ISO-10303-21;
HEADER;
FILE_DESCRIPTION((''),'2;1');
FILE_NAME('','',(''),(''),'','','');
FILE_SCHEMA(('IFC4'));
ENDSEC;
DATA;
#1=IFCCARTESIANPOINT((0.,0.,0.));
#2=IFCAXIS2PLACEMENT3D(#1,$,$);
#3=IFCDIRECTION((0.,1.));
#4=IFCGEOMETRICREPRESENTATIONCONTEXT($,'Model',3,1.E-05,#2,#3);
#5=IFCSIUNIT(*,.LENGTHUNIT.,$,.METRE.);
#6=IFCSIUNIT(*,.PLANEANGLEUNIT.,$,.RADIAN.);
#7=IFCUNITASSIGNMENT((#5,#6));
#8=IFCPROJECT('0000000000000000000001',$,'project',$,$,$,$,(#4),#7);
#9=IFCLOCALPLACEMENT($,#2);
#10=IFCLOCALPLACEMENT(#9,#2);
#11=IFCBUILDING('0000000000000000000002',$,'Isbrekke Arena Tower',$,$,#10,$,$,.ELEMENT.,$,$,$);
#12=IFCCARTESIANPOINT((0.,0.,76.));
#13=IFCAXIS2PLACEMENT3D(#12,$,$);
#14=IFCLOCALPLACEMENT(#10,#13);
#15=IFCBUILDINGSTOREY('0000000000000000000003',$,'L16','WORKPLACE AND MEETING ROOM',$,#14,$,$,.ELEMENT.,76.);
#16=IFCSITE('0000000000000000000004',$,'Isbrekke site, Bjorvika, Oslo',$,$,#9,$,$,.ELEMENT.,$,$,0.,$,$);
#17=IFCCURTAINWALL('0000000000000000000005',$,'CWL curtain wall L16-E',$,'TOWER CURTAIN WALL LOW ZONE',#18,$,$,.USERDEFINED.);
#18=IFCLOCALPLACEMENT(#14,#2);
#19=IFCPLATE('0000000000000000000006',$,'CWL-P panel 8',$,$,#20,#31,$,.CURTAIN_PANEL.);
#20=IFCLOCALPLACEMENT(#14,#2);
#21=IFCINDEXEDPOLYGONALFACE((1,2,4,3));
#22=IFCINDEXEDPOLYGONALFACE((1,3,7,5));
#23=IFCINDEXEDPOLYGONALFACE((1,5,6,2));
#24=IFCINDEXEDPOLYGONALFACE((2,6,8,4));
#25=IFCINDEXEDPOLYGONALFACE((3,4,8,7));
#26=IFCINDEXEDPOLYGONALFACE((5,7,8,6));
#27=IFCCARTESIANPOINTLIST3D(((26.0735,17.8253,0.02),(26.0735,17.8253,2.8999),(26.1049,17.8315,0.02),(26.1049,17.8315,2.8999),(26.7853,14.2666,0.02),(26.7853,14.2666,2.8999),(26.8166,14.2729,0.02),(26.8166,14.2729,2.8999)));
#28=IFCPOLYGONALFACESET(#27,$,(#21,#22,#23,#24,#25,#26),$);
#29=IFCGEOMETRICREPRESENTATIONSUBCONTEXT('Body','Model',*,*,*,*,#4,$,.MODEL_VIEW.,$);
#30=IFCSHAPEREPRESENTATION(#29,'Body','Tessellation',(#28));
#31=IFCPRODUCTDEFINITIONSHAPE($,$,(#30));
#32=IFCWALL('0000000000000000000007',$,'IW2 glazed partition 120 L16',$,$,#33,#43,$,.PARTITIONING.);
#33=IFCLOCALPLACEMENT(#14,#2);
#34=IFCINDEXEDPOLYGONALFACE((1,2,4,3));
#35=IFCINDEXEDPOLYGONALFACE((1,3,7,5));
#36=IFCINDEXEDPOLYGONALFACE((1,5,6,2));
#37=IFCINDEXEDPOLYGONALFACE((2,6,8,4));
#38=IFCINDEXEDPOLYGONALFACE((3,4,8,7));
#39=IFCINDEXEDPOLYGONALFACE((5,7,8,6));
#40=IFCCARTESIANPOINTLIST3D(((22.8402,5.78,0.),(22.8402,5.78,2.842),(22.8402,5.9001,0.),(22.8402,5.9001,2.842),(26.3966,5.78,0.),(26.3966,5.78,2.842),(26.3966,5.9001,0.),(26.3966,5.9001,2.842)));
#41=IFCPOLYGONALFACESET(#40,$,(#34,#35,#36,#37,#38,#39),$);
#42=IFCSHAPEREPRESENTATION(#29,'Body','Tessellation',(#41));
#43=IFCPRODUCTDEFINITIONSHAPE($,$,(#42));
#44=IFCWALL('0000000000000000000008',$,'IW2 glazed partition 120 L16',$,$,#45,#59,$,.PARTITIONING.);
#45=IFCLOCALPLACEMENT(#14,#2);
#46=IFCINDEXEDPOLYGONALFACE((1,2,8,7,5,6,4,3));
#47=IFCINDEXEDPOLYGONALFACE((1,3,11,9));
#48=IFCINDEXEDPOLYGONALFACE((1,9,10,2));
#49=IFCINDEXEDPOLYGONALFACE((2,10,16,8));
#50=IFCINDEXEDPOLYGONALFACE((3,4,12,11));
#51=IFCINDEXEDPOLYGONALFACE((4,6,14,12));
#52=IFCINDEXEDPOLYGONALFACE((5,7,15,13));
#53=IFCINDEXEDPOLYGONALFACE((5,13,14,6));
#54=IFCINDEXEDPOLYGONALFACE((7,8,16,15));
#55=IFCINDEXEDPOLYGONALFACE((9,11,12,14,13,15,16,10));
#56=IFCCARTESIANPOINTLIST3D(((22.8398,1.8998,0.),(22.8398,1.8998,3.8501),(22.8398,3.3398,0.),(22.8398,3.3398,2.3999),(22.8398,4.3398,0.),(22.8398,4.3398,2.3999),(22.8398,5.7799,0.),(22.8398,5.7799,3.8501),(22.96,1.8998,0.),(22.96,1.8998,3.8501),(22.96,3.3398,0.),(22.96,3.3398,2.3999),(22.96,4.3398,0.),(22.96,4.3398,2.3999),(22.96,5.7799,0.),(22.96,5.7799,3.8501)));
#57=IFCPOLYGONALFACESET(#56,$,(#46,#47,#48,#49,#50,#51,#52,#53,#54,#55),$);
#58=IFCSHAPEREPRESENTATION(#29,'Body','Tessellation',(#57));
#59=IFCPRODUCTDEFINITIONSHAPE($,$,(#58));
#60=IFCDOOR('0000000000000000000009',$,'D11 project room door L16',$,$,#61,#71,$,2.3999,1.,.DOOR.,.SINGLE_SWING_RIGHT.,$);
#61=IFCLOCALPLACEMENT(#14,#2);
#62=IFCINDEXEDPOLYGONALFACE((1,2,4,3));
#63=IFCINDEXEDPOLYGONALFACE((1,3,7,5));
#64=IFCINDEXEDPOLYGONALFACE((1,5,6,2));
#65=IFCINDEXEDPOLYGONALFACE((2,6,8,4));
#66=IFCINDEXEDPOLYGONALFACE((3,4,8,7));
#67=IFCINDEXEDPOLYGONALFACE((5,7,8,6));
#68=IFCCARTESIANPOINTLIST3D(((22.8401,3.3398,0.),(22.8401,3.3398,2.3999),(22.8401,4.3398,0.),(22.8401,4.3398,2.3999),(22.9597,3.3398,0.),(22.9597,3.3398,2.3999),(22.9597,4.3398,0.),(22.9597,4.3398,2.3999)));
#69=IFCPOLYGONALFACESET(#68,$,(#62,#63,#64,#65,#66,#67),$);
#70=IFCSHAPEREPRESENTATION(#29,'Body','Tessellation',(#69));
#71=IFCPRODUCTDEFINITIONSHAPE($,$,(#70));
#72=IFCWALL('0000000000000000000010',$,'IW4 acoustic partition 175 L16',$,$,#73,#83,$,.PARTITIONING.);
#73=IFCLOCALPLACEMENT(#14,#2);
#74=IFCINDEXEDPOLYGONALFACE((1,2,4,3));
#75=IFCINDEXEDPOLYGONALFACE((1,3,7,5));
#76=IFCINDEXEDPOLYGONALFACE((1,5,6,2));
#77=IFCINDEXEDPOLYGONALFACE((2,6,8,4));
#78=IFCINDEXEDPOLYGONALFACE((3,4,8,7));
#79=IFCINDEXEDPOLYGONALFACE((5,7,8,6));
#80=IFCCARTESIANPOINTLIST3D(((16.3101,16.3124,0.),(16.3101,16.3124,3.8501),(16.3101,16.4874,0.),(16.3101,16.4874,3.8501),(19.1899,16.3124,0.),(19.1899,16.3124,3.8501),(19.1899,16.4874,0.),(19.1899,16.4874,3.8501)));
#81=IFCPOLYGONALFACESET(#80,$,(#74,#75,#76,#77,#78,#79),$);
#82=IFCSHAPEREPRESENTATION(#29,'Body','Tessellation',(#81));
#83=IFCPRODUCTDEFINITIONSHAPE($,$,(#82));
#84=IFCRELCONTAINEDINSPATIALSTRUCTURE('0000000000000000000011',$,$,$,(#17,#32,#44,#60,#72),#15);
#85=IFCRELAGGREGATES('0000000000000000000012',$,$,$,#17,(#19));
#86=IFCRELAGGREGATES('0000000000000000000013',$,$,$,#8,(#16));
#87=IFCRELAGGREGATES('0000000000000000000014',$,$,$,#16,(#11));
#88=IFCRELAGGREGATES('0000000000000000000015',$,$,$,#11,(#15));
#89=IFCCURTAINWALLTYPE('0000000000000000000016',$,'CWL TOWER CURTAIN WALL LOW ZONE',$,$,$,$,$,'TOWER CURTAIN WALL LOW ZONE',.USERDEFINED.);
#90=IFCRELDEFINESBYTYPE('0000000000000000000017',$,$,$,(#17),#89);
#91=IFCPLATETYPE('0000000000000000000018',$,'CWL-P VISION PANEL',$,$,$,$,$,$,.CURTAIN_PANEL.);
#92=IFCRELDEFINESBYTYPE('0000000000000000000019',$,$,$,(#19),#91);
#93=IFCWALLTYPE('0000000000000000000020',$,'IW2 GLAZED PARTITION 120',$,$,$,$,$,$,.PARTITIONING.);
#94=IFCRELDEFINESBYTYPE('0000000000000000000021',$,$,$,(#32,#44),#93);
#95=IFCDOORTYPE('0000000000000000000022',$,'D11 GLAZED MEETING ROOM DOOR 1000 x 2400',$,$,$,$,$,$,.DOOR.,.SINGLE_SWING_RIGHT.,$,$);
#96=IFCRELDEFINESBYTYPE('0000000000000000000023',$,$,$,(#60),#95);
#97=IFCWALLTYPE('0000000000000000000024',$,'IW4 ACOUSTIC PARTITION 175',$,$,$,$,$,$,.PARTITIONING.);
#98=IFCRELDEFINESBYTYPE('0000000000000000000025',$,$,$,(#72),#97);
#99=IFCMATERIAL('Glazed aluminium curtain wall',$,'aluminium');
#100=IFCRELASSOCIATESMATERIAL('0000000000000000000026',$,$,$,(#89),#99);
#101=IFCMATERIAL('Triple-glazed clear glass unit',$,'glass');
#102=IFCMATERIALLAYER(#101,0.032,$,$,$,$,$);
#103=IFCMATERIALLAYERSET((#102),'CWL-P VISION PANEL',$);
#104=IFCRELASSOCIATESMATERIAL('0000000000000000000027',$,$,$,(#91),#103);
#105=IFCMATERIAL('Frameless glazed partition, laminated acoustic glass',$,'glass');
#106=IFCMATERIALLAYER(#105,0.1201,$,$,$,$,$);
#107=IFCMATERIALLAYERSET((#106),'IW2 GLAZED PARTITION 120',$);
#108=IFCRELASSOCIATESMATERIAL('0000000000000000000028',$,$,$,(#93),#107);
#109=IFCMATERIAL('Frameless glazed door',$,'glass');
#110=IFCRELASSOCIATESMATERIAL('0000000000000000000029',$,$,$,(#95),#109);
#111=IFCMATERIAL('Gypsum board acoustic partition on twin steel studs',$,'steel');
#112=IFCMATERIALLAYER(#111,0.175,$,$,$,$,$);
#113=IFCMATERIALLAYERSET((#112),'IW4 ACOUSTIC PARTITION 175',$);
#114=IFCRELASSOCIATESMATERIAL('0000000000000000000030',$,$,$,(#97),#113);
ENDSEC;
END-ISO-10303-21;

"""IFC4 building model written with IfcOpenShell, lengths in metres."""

from ifc_helpers import new_model, si_unit, direction, frame, frame_2d, origin, origin_2d, place, context, subcontext, project, spatial, rectangle, extrude, material, layer, layer_set, type_object, element, fill, aggregate, save


model = new_model("IFC4")

# Units and contexts
model_context = context("Model", 3, precision=1e-05, world=origin(), true_north=direction((0.0, 1.0)))
body_context = subcontext(model_context, "Body", "Model", "MODEL_VIEW")
ifc_project = project(units=[si_unit("LENGTHUNIT", "METRE"), si_unit("PLANEANGLEUNIT", "RADIAN")], contexts=[model_context])

# Site, building, storey
site_placement = place(None, origin())
site = spatial("IfcSite", under=ifc_project, at=site_placement, Name="Isbrekke site, Bjorvika, Oslo", CompositionType="ELEMENT", RefElevation=0.0)
building_placement = place(site_placement, origin())
building = spatial("IfcBuilding", under=site, at=building_placement, Name="Isbrekke Arena Tower", CompositionType="ELEMENT")
storey_placement = place(building_placement, frame((0.0, 0.0, 76.0)))
storey = spatial("IfcBuildingStorey", under=building, at=storey_placement, Name="L16", Description="WORKPLACE AND MEETING ROOM", CompositionType="ELEMENT", Elevation=76.0)

# Curtain wall
ifc_material_1 = material(Name="Glazed aluminium curtain wall", Category="aluminium")
curtain_wall_type = type_object("IfcCurtainWallType", Name="CWL TOWER CURTAIN WALL LOW ZONE", ElementType="TOWER CURTAIN WALL LOW ZONE", PredefinedType="USERDEFINED", material=ifc_material_1)
curtain_wall_placement = place(storey_placement, origin())
curtain_wall = element("IfcCurtainWall", 1, at=curtain_wall_placement, inside=storey, type_object=curtain_wall_type, Name="CWL curtain wall L16-E", ObjectType="TOWER CURTAIN WALL LOW ZONE", PredefinedType="USERDEFINED")

# Plate
ifc_material_2 = material(Name="Triple-glazed clear glass unit", Category="glass")
ifc_layer_1 = layer(ifc_material_2, 0.032)
ifc_layer_set_1 = layer_set([ifc_layer_1], Name="CWL-P VISION PANEL")
plate_type = type_object("IfcPlateType", Name="CWL-P VISION PANEL", PredefinedType="CURTAIN_PANEL", material=ifc_layer_set_1)
plate_1_placement = place(storey_placement, frame((26.4451, 16.0491, 0.02), z_axis=(0.0, 0.0, 1.0), x_axis=(-0.196116, 0.980581, 0.0)))
plate_1 = element("IfcPlate", 2, at=plate_1_placement, type_object=plate_type, Name="CWL-P panel 8", PredefinedType="CURTAIN_PANEL", context=body_context, shape_type="SweptSolid", body=[
    extrude(rectangle(XDim=3.6292, YDim=0.032, at=origin_2d()), origin(), (0.0, 0.0, 1.0), 2.8799),
])
aggregate(curtain_wall, [plate_1])

# Wall
ifc_material_3 = material(Name="Frameless glazed partition, laminated acoustic glass", Category="glass")
ifc_layer_2 = layer(ifc_material_3, 0.1201)
ifc_layer_set_2 = layer_set([ifc_layer_2], Name="IW2 GLAZED PARTITION 120")
wall_type_1 = type_object("IfcWallType", Name="IW2 GLAZED PARTITION 120", PredefinedType="PARTITIONING", material=ifc_layer_set_2)
wall_1_placement = place(storey_placement, frame((22.8401, 5.8401, 0.0), z_axis=(0.0, 0.0, 1.0), x_axis=(1.0, 0.0, 0.0)))
element("IfcWall", 3, at=wall_1_placement, inside=storey, type_object=wall_type_1, Name="IW2 glazed partition 120 L16", PredefinedType="PARTITIONING", context=body_context, shape_type="SweptSolid", body=[
    extrude(rectangle(XDim=3.5564, YDim=0.1201, at=frame_2d((1.7783, 0.0))), origin(), (0.0, 0.0, 1.0), 2.842),
])

# Shared definitions
ifc_material_4 = material(Name="Frameless glazed door", Category="glass")
door_type = type_object("IfcDoorType", Name="D11 GLAZED MEETING ROOM DOOR 1000 x 2400", OperationType="SINGLE_SWING_RIGHT", PredefinedType="DOOR", material=ifc_material_4)

# Wall, opening, door
wall_2_placement = place(storey_placement, frame((22.8999, 1.8999, 0.0), z_axis=(0.0, 0.0, 1.0), x_axis=(0.0, 1.0, 0.0)))
wall_2 = element("IfcWall", 4, at=wall_2_placement, inside=storey, type_object=wall_type_1, Name="IW2 glazed partition 120 L16", PredefinedType="PARTITIONING", context=body_context, shape_type="SweptSolid", body=[
    extrude(rectangle(XDim=3.8801, YDim=0.1201, at=frame_2d((1.9399, 0.0))), origin(), (0.0, 0.0, 1.0), 3.8501),
])
opening_1_placement = place(wall_2_placement, frame((1.4399, 0.0, 0.0)))
opening_1 = element("IfcOpeningElement", 5, at=opening_1_placement, cuts=wall_2, PredefinedType="OPENING", context=body_context, shape_type="SweptSolid", body=[
    extrude(rectangle(XDim=1.0, YDim=2.3999, at=frame_2d((0.5, 1.2))), frame((0.0, 0.075, 0.0), z_axis=(0.0, -1.0, 0.0), x_axis=(1.0, 0.0, 0.0)), (0.0, 0.0, 1.0), 0.1499),
])
door_1_placement = place(opening_1_placement, origin())
door_1 = element("IfcDoor", 6, at=door_1_placement, inside=storey, type_object=door_type, Name="D11 project room door L16", OperationType="SINGLE_SWING_RIGHT", OverallHeight=2.3999, OverallWidth=1.0, PredefinedType="DOOR", context=body_context, shape_type="SweptSolid", body=[
    extrude(rectangle(XDim=1.0, YDim=2.3999, at=frame_2d((0.5, 1.2))), frame((0.0, 0.0598, 0.0), z_axis=(0.0, -1.0, 0.0), x_axis=(1.0, 0.0, 0.0)), (0.0, 0.0, 1.0), 0.1196),
])
fill(opening_1, door_1)

# Wall
ifc_material_5 = material(Name="Gypsum board acoustic partition on twin steel studs", Category="steel")
ifc_layer_3 = layer(ifc_material_5, 0.175)
ifc_layer_set_3 = layer_set([ifc_layer_3], Name="IW4 ACOUSTIC PARTITION 175")
wall_type_2 = type_object("IfcWallType", Name="IW4 ACOUSTIC PARTITION 175", PredefinedType="PARTITIONING", material=ifc_layer_set_3)
wall_3_placement = place(storey_placement, frame((16.3101, 16.3999, 0.0), z_axis=(0.0, 0.0, 1.0), x_axis=(1.0, 0.0, 0.0)))
element("IfcWall", 7, at=wall_3_placement, inside=storey, type_object=wall_type_2, Name="IW4 acoustic partition 175 L16", PredefinedType="PARTITIONING", context=body_context, shape_type="SweptSolid", body=[
    extrude(rectangle(XDim=2.8799, YDim=0.175, at=frame_2d((1.4399, 0.0))), origin(), (0.0, 0.0, 1.0), 3.8501),
])

save(model, "model.ifc")
